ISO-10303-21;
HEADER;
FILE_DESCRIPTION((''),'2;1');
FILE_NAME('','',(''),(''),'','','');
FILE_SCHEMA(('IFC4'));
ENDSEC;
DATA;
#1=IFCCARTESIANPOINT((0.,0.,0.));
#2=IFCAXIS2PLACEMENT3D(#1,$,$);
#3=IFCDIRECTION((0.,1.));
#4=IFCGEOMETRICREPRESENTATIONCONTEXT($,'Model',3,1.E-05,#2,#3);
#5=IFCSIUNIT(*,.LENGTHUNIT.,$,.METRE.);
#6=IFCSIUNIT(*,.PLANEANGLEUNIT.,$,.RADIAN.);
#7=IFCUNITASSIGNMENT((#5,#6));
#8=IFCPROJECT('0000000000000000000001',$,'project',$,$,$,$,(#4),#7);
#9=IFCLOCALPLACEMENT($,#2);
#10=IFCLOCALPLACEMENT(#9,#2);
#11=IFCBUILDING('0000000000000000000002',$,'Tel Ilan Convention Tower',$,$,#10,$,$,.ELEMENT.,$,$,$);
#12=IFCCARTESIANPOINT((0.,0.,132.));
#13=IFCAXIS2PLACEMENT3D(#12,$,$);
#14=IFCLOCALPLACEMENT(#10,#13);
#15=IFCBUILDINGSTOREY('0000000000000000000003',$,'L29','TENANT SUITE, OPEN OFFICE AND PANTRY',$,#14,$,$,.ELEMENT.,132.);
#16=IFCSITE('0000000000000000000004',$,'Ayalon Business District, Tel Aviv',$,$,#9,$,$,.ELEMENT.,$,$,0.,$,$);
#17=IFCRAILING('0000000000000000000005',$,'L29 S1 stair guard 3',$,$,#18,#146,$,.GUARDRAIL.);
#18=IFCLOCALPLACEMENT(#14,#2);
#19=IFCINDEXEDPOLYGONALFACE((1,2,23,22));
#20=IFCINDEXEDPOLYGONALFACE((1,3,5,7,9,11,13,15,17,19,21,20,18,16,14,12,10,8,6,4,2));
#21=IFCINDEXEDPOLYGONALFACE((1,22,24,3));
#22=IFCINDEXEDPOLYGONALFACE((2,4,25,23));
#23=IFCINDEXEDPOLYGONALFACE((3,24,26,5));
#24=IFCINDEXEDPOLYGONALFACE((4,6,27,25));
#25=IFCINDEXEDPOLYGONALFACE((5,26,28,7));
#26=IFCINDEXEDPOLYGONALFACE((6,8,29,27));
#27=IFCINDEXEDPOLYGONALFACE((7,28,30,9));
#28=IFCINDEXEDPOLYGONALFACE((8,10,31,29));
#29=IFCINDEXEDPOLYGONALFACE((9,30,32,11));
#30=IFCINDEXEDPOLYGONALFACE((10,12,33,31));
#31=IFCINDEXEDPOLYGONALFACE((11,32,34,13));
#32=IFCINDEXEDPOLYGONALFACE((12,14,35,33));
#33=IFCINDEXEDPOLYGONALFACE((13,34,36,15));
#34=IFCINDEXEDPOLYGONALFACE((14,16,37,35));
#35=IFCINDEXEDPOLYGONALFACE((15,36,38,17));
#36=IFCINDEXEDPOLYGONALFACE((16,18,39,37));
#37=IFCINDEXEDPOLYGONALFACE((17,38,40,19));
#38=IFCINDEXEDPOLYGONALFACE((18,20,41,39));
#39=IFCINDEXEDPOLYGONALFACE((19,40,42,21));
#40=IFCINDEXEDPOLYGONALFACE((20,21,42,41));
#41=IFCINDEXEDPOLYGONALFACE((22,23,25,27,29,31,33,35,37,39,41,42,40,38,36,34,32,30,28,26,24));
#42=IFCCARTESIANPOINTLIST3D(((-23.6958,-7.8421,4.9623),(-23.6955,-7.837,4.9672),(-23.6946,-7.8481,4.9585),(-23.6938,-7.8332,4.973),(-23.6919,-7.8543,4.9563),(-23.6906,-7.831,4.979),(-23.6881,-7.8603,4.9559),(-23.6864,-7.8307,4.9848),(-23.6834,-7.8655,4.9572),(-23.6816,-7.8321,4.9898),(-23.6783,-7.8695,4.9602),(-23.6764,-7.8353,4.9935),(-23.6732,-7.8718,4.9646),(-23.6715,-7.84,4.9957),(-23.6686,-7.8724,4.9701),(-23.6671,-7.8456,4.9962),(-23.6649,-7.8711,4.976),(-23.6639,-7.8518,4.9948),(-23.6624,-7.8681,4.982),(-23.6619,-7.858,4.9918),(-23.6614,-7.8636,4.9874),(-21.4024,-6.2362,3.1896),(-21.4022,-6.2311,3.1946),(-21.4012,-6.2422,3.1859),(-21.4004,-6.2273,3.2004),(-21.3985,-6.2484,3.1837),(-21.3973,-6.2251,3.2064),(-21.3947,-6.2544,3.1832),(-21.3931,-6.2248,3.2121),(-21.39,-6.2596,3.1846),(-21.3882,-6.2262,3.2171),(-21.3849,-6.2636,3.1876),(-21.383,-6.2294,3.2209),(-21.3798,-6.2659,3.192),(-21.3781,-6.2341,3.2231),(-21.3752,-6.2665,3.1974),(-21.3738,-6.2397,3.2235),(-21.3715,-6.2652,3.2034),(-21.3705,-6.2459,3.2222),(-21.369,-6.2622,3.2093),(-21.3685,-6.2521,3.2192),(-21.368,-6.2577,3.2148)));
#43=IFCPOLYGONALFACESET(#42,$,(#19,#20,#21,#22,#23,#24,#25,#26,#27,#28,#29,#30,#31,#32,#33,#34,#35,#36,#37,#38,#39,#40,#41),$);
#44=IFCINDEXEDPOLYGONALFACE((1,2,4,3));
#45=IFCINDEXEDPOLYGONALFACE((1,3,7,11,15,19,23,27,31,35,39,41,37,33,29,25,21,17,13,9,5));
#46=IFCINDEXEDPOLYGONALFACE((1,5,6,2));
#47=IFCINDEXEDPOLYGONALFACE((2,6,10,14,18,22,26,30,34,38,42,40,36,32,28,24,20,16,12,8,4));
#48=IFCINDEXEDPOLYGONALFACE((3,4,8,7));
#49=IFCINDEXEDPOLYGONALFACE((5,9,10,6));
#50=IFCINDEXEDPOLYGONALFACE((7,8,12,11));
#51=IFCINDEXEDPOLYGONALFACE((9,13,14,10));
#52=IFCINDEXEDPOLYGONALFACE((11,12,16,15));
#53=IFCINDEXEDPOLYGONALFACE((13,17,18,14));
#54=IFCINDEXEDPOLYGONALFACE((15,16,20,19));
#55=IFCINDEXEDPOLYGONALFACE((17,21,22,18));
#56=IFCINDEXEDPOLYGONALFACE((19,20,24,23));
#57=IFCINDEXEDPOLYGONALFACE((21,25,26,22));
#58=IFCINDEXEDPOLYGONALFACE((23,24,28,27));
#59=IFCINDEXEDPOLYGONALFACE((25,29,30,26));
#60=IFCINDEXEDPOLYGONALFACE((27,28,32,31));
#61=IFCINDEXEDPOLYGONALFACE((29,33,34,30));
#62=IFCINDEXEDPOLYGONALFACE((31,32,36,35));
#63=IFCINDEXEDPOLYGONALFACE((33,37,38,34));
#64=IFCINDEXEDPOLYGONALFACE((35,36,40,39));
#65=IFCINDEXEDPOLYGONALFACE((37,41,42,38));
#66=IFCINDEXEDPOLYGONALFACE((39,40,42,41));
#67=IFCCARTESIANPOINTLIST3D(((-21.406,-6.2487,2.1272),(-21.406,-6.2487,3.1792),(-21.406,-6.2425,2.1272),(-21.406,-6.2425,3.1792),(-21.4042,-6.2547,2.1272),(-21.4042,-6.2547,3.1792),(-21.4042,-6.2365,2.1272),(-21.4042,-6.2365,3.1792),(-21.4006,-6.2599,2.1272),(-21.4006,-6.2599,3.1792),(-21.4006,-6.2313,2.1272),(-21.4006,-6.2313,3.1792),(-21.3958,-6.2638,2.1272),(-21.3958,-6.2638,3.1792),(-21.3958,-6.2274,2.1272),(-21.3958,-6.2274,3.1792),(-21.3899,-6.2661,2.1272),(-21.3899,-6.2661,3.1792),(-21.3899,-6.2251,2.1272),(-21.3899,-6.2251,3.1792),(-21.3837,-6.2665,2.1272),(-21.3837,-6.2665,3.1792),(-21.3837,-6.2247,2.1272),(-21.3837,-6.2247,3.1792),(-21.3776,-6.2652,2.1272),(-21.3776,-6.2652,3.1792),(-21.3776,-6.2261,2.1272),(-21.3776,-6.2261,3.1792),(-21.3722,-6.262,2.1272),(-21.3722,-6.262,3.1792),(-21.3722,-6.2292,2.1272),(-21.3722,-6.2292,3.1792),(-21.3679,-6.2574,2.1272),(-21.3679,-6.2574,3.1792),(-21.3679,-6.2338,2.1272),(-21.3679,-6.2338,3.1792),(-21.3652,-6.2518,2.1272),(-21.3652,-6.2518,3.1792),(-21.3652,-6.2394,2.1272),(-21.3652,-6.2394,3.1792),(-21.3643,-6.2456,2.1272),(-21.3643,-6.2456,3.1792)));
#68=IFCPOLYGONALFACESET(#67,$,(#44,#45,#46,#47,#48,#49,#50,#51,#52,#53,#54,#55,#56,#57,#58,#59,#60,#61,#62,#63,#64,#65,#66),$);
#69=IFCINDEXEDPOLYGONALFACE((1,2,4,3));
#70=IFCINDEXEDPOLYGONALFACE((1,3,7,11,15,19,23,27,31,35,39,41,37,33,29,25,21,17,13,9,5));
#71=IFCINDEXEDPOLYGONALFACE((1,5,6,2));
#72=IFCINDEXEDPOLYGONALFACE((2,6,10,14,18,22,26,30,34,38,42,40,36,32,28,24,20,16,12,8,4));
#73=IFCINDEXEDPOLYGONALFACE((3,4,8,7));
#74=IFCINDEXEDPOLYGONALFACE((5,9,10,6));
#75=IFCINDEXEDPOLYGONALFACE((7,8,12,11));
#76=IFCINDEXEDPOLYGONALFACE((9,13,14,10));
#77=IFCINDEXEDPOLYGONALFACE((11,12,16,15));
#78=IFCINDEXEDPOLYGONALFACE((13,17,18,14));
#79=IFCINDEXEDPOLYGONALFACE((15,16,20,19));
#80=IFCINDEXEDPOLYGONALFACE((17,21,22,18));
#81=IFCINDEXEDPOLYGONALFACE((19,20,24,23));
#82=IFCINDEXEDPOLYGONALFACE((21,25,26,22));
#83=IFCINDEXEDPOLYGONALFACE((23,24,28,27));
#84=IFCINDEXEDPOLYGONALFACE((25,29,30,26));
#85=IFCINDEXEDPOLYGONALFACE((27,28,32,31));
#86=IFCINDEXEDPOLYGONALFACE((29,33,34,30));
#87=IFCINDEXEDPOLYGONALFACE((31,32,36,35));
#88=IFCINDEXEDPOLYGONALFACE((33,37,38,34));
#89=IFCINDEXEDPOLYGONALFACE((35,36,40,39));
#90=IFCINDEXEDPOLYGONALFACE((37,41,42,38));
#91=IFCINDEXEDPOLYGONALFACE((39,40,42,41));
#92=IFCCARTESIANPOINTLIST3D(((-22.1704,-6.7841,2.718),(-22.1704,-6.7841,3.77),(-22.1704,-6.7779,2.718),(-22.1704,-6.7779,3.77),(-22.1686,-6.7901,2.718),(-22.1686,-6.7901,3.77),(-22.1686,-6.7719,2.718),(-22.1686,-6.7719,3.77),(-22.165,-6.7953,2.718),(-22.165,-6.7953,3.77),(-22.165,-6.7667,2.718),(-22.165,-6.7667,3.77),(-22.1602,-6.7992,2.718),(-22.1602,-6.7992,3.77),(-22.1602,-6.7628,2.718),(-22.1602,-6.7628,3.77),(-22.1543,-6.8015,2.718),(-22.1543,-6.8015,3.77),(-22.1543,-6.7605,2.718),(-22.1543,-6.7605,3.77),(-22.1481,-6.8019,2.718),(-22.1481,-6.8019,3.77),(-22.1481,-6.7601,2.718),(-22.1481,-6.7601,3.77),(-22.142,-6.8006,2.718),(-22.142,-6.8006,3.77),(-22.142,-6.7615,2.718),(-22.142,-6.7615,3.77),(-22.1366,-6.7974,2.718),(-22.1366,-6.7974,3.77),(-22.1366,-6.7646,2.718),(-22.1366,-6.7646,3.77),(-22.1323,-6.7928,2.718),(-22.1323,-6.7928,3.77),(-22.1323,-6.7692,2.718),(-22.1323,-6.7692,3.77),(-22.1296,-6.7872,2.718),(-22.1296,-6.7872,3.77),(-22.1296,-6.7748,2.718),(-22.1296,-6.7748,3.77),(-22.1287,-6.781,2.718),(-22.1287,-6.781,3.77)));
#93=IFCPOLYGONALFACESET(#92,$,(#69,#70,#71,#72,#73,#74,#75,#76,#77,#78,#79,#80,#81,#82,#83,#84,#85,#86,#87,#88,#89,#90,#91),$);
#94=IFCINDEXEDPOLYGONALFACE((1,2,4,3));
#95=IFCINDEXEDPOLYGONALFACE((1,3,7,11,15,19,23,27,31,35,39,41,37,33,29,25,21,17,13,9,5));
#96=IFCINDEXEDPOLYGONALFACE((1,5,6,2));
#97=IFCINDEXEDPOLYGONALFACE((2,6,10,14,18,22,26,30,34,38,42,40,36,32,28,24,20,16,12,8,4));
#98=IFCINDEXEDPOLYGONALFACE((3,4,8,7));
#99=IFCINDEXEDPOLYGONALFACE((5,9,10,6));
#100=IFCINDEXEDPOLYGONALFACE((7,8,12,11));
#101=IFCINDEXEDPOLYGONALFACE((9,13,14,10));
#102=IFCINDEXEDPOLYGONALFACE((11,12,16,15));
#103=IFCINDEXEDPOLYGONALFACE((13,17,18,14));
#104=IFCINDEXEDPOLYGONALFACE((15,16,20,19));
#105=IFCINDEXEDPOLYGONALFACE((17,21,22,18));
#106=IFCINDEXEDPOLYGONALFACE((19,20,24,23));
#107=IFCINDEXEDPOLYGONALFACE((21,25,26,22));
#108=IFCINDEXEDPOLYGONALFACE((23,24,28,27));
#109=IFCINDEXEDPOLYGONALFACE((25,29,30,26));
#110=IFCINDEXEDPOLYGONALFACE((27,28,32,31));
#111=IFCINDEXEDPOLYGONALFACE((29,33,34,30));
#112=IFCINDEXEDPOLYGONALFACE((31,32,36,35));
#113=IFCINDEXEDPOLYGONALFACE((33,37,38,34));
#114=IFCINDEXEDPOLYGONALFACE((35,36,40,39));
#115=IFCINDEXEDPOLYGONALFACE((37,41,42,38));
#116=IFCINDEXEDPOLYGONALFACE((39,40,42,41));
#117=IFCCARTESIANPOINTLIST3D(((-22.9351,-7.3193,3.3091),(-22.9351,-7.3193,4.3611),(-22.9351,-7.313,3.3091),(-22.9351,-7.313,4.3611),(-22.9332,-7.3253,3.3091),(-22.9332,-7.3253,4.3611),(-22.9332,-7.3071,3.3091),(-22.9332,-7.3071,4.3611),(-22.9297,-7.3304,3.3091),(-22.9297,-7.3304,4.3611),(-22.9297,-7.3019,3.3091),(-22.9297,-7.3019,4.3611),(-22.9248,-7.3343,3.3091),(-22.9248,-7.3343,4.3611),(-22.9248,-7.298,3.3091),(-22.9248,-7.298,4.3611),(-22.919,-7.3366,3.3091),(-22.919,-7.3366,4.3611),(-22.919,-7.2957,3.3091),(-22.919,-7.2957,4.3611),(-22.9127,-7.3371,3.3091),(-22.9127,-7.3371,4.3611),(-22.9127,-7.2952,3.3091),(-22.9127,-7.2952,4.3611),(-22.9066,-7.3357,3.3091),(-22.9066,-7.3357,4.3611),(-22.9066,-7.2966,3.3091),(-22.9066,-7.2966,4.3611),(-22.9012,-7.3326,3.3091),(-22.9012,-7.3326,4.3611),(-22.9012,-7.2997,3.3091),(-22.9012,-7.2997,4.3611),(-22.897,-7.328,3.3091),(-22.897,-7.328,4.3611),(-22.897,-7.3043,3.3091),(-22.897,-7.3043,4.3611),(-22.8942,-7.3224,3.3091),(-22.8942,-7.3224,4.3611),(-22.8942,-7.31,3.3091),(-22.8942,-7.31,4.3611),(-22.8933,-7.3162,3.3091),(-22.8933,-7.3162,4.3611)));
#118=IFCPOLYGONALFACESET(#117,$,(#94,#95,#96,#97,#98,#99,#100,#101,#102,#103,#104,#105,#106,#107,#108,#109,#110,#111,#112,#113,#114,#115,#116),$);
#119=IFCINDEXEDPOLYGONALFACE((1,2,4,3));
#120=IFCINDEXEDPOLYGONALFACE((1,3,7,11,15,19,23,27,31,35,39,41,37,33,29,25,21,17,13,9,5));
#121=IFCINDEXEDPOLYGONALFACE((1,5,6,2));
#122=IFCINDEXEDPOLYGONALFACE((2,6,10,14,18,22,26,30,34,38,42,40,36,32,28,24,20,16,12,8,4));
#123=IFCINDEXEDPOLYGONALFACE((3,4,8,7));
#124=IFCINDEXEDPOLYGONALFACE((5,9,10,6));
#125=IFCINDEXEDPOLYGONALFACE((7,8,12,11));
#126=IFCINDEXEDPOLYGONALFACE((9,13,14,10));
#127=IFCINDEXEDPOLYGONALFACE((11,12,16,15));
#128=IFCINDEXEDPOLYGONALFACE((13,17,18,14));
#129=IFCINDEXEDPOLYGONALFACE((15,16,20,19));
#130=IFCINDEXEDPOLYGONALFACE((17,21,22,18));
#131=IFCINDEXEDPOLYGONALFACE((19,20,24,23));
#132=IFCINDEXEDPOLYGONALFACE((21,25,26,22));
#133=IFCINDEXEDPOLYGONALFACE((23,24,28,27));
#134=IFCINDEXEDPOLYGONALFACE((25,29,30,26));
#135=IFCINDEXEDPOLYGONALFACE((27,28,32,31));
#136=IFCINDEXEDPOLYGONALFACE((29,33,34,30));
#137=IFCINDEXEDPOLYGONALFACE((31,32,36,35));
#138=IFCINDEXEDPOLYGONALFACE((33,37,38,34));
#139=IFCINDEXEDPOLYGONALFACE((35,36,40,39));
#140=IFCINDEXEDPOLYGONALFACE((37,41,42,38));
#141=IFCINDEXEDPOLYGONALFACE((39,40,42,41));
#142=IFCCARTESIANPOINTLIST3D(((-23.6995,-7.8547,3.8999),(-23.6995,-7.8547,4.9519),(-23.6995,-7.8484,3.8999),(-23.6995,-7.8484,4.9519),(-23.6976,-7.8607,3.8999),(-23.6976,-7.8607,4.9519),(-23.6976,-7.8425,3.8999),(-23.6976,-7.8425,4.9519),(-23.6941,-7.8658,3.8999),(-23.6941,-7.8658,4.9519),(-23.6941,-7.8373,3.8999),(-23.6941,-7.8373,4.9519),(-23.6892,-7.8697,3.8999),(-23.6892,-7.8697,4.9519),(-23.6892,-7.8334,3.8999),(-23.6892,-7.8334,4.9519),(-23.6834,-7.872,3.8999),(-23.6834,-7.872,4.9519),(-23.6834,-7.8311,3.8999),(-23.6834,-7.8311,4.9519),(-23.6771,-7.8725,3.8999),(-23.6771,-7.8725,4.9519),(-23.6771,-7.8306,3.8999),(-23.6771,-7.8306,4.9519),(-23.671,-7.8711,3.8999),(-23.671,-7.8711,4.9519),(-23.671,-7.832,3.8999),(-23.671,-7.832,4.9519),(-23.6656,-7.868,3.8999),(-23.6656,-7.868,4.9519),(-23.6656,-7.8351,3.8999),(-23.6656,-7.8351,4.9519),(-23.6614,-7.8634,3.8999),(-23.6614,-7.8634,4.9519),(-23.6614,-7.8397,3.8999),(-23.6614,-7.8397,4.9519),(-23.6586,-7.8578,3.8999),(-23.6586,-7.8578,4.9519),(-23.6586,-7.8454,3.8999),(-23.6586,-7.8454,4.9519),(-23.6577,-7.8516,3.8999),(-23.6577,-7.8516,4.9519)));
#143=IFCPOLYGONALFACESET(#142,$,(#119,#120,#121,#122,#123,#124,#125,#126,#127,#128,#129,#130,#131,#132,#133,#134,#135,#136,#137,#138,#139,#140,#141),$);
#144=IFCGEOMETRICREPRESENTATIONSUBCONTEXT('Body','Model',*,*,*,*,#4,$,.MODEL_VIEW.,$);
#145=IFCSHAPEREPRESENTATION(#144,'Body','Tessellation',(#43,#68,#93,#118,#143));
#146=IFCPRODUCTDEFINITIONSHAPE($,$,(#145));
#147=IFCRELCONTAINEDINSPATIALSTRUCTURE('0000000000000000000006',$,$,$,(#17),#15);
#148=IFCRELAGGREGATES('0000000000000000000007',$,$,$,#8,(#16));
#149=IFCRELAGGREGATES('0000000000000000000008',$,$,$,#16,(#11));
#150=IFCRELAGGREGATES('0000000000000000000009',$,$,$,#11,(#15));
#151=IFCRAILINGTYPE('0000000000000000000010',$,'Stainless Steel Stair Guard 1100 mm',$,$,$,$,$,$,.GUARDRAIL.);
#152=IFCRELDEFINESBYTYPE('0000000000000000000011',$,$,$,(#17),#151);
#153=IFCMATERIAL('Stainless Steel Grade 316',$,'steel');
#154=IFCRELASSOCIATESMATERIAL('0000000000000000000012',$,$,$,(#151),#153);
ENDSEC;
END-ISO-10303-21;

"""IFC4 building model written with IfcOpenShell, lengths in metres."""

from ifc_helpers import new_model, si_unit, direction, frame, origin, origin_2d, place, context, subcontext, project, spatial, circle, extrude, material, type_object, element, save


model = new_model("IFC4")

# Units and contexts
model_context = context("Model", 3, precision=1e-05, world=origin(), true_north=direction((0.0, 1.0)))
body_context = subcontext(model_context, "Body", "Model", "MODEL_VIEW")
ifc_project = project(units=[si_unit("LENGTHUNIT", "METRE"), si_unit("PLANEANGLEUNIT", "RADIAN")], contexts=[model_context])

# Site, building, storey
site_placement = place(None, origin())
site = spatial("IfcSite", under=ifc_project, at=site_placement, Name="Ayalon Business District, Tel Aviv", CompositionType="ELEMENT", RefElevation=0.0)
building_placement = place(site_placement, origin())
building = spatial("IfcBuilding", under=site, at=building_placement, Name="Tel Ilan Convention Tower", CompositionType="ELEMENT")
storey_placement = place(building_placement, frame((0.0, 0.0, 132.0)))
storey = spatial("IfcBuildingStorey", under=building, at=storey_placement, Name="L29", Description="TENANT SUITE, OPEN OFFICE AND PANTRY", CompositionType="ELEMENT", Elevation=132.0)

# Railing
ifc_material_1 = material(Name="Stainless Steel Grade 316", Category="steel")
railing_type_1 = type_object("IfcRailingType", Name="Stainless Steel Stair Guard 1100 mm", PredefinedType="GUARDRAIL", material=ifc_material_1)
railing_1_placement = place(storey_placement, frame((-21.3853, -6.2456, 2.1272)))
element("IfcRailing", 1, at=railing_1_placement, inside=storey, type_object=railing_type_1, Name="L29 S1 stair guard 3", PredefinedType="GUARDRAIL", context=body_context, shape_type="SweptSolid", body=[
    extrude(circle(Radius=0.0239, at=origin_2d()), frame((0.0, 0.0, 1.0762), z_axis=(-0.692085, -0.484621, 0.53494), x_axis=(0.573591, -0.819142, 0.0)), (0.0, 0.0, 1.0), 3.3137),
    extrude(circle(Radius=0.021, at=origin_2d()), origin(), (0.0, 0.0, 1.0), 1.052),
    extrude(circle(Radius=0.021, at=origin_2d()), frame((-0.7644, -0.5354, 0.5908)), (0.0, 0.0, 1.0), 1.052),
    extrude(circle(Radius=0.021, at=origin_2d()), frame((-1.5291, -1.0706, 1.1819)), (0.0, 0.0, 1.0), 1.052),
    extrude(circle(Radius=0.021, at=origin_2d()), frame((-2.2935, -1.606, 1.7727)), (0.0, 0.0, 1.0), 1.052),
])

save(model, "model.ifc")
